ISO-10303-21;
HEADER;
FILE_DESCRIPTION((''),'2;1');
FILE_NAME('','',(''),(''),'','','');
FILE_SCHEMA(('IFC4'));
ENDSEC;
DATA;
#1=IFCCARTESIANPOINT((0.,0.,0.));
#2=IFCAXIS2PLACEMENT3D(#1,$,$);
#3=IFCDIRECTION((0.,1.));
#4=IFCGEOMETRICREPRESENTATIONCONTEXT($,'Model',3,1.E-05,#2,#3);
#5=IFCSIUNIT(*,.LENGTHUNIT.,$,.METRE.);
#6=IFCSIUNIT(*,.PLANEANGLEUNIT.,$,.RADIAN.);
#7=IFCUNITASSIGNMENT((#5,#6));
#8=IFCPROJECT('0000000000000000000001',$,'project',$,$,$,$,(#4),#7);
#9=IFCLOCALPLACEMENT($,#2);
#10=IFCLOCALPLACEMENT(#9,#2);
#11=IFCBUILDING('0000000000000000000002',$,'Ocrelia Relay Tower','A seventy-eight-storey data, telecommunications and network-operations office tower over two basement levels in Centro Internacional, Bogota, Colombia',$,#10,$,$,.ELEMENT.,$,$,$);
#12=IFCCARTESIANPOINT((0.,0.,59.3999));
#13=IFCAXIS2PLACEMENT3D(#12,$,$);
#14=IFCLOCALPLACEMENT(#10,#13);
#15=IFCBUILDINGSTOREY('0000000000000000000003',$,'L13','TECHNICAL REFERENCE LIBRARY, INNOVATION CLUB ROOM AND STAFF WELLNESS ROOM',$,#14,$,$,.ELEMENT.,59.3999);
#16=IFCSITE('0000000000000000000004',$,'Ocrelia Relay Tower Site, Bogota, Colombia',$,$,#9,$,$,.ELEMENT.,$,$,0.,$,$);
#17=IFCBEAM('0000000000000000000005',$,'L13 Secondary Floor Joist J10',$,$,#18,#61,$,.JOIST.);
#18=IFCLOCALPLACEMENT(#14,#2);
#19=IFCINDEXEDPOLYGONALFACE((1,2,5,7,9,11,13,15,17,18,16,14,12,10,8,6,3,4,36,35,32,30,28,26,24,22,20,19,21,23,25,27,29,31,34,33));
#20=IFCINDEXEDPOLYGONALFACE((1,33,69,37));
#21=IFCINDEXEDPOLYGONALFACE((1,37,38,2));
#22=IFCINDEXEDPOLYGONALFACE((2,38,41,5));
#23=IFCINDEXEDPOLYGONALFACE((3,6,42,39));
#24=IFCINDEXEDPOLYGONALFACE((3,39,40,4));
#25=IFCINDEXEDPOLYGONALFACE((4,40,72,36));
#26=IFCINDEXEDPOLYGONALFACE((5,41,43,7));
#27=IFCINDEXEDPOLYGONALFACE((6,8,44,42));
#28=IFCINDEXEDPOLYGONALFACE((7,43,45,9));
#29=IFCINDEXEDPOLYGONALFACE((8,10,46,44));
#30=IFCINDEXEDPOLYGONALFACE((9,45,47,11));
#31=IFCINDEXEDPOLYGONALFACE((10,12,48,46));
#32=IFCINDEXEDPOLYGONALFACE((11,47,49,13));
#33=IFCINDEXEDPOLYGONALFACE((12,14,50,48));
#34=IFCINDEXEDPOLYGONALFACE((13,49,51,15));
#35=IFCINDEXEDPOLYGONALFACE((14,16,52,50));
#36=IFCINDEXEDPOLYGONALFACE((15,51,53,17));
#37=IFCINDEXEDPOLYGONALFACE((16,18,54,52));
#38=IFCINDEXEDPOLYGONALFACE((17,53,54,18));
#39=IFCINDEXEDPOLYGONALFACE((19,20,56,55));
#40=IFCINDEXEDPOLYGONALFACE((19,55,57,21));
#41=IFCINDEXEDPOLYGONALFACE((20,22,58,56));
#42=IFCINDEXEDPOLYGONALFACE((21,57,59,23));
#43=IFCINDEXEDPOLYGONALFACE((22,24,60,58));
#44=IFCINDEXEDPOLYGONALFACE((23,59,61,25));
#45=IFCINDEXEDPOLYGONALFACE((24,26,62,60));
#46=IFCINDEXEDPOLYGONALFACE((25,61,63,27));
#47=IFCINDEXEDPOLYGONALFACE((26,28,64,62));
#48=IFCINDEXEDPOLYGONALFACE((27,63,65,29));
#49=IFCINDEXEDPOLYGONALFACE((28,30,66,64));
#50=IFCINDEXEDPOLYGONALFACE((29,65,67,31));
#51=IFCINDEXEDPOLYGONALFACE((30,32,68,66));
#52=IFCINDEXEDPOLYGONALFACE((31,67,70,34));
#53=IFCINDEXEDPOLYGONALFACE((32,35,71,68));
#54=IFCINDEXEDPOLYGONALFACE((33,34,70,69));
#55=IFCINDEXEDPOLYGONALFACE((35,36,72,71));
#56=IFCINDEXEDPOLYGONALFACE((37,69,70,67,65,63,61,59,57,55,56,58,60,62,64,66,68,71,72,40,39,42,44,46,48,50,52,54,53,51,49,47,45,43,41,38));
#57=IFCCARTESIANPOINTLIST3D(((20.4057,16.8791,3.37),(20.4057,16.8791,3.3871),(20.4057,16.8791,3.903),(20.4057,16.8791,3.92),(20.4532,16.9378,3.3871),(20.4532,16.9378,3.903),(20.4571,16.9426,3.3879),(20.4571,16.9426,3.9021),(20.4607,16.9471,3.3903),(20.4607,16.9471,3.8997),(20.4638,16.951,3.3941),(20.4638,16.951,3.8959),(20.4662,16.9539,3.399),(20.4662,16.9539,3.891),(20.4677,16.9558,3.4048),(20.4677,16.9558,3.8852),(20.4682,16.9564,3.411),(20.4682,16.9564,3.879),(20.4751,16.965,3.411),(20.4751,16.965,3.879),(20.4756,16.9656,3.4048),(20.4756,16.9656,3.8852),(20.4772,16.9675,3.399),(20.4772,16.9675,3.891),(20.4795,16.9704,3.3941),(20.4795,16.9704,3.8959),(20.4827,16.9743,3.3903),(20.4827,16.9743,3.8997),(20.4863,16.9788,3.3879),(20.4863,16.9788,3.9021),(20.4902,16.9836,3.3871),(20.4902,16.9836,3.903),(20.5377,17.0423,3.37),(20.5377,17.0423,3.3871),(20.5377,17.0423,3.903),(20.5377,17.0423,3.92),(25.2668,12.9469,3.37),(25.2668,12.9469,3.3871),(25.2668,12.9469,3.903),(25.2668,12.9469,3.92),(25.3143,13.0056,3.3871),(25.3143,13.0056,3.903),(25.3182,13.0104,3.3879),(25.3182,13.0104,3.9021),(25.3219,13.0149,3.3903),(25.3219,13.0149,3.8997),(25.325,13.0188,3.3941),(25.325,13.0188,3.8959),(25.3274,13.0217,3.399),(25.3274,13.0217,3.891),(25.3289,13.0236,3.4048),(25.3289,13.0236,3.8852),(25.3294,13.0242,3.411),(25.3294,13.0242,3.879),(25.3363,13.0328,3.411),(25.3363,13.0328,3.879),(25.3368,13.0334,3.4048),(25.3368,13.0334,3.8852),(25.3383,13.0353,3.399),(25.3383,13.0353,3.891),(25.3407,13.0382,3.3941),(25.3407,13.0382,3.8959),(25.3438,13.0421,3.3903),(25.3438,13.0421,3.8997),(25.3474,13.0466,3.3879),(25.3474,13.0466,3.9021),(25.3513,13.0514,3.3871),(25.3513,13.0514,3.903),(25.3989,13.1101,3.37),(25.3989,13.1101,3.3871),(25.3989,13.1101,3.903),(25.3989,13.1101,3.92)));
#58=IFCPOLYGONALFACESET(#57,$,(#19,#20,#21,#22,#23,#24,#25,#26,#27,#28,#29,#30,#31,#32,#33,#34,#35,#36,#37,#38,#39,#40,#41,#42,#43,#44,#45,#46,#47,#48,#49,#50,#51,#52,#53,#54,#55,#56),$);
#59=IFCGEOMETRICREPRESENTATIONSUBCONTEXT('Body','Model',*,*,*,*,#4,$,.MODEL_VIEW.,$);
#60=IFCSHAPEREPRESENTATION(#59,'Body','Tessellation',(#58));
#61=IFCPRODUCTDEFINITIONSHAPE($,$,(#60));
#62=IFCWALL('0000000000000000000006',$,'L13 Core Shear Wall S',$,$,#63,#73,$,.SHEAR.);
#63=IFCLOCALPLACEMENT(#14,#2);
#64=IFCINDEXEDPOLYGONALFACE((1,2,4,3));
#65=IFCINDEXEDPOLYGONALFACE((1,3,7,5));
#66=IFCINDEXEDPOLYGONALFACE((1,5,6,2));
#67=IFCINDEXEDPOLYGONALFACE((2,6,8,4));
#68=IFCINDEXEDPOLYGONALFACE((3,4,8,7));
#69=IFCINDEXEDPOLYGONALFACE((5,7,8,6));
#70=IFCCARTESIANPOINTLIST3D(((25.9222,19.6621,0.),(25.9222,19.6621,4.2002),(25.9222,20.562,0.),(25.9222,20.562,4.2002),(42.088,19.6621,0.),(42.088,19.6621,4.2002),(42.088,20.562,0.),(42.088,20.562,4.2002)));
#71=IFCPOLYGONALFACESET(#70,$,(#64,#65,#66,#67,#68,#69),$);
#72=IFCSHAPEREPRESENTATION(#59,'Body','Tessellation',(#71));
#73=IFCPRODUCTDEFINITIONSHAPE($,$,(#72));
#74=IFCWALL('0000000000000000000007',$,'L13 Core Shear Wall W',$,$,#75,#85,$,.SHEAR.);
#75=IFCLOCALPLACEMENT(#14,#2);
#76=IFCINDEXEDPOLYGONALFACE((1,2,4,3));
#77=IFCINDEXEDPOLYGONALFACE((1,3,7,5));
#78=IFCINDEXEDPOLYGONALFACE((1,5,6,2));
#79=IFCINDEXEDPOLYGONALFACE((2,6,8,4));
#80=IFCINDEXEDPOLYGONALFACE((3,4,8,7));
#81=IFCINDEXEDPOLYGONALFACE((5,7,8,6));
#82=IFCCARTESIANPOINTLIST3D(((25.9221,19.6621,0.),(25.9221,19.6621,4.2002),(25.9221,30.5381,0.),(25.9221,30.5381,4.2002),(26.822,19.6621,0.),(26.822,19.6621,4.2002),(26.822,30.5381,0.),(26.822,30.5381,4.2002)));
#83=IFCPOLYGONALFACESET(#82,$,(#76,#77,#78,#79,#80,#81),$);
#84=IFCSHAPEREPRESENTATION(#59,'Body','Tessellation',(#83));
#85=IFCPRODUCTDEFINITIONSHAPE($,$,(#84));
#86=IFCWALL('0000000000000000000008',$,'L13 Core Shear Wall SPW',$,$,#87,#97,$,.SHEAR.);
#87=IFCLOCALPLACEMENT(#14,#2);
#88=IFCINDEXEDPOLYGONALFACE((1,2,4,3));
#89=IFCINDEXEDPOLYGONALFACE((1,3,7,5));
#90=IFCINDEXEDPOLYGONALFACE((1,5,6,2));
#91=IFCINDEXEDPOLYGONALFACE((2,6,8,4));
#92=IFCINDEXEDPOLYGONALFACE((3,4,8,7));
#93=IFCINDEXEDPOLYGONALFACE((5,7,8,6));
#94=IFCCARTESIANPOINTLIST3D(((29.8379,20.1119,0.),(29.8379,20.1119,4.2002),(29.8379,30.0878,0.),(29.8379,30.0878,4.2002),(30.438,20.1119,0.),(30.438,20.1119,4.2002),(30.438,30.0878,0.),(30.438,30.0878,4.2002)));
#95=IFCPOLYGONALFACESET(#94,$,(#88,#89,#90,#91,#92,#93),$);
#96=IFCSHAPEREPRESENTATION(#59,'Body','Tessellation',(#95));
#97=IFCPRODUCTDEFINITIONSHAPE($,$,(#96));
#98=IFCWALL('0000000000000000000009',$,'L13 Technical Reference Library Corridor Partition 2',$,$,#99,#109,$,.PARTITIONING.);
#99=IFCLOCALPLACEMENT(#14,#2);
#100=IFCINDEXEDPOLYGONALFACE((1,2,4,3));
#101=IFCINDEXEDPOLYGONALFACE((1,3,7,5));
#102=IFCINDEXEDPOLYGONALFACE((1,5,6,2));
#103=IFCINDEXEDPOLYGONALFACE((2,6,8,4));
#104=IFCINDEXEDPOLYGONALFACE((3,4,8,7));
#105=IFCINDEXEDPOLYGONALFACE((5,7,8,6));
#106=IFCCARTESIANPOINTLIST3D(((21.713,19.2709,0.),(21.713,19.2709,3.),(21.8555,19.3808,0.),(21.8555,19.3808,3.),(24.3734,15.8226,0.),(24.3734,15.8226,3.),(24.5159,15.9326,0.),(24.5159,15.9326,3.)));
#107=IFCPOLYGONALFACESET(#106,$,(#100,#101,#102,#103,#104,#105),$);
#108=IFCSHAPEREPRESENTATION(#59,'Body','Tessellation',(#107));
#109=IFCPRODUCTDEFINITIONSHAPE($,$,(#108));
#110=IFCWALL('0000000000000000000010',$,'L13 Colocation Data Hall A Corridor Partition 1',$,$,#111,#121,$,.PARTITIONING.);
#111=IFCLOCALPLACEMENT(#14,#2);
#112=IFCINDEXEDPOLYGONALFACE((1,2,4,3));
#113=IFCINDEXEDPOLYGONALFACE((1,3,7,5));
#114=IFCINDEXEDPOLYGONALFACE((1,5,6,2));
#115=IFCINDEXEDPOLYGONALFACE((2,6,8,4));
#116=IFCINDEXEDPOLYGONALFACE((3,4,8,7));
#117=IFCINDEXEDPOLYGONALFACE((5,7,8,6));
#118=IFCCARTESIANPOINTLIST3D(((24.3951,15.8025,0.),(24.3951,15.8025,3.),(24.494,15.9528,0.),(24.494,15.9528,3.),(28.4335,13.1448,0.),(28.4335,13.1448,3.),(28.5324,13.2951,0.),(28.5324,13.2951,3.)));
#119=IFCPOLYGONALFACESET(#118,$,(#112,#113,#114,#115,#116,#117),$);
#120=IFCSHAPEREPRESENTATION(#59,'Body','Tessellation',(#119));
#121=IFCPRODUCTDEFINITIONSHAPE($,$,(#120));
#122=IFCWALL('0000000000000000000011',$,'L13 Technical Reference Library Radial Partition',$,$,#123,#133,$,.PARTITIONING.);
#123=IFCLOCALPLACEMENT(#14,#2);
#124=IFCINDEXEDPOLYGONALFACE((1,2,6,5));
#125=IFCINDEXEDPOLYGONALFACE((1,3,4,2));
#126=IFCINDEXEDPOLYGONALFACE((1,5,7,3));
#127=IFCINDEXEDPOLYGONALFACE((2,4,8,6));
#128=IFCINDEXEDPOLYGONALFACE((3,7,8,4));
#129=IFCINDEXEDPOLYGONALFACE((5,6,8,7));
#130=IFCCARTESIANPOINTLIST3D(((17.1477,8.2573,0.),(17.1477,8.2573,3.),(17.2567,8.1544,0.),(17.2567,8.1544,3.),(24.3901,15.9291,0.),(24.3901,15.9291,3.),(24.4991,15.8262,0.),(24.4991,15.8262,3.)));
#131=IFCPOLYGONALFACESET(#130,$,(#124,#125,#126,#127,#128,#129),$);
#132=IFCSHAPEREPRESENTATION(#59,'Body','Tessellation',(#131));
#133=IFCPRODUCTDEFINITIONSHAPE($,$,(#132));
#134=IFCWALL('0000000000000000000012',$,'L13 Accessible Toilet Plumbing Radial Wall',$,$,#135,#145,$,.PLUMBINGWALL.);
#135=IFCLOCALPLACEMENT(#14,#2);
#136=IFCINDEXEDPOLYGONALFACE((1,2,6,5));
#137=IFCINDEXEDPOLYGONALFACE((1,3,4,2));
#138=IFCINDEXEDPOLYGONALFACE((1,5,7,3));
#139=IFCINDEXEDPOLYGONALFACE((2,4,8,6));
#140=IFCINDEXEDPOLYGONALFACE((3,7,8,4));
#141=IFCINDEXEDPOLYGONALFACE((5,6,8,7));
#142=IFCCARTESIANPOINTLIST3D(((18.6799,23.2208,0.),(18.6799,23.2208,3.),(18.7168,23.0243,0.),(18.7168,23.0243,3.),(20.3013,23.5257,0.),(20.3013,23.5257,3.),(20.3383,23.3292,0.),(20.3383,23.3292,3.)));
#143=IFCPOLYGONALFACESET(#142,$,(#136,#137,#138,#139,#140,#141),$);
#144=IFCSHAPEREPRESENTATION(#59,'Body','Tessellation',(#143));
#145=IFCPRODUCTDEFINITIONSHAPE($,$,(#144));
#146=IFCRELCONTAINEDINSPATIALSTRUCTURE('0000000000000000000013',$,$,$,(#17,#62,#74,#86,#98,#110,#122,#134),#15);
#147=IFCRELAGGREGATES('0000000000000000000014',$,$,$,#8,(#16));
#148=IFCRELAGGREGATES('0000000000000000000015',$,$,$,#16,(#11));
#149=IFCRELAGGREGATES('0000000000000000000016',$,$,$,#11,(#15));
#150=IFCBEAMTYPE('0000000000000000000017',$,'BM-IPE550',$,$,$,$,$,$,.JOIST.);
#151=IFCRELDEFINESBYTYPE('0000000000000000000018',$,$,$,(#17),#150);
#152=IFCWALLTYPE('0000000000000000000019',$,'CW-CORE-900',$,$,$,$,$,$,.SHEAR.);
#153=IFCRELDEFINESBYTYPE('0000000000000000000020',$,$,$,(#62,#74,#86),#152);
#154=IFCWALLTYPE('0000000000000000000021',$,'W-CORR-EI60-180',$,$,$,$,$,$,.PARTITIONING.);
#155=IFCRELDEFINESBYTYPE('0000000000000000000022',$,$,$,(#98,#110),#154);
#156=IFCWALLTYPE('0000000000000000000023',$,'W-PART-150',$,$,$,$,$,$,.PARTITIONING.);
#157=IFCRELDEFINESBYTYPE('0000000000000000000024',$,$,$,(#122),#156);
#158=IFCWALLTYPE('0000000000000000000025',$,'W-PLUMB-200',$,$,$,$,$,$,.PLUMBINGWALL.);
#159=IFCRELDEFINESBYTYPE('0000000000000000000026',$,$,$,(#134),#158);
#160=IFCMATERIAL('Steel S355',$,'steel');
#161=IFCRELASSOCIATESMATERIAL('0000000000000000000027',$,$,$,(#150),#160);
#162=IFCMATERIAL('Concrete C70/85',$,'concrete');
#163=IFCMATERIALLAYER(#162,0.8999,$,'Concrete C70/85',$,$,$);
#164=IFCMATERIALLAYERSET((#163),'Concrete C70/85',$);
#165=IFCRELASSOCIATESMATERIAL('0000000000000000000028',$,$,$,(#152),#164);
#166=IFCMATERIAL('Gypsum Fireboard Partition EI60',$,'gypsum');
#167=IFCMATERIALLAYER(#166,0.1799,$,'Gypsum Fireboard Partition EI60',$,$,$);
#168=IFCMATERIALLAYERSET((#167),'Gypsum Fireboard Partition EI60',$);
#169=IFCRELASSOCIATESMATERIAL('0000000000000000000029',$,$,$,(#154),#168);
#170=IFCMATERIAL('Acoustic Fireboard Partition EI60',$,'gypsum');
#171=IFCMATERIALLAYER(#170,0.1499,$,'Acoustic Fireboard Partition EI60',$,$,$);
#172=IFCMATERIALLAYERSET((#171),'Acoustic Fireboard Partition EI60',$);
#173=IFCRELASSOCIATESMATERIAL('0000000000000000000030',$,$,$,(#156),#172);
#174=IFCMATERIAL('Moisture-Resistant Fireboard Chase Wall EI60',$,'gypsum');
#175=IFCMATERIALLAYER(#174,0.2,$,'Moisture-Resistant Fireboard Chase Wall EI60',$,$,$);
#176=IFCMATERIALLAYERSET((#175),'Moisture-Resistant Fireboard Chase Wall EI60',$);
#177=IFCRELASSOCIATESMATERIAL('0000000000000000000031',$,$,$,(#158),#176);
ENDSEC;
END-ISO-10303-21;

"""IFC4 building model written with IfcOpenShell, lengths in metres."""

from ifc_helpers import new_model, si_unit, direction, frame, frame_2d, origin, origin_2d, place, context, subcontext, project, spatial, rectangle, i_section, extrude, material, layer, layer_set, material_profile, profile_set, type_object, element, save


model = new_model("IFC4")

# Units and contexts
model_context = context("Model", 3, precision=1e-05, world=origin(), true_north=direction((0.0, 1.0)))
body_context = subcontext(model_context, "Body", "Model", "MODEL_VIEW")
ifc_project = project(units=[si_unit("LENGTHUNIT", "METRE"), si_unit("PLANEANGLEUNIT", "RADIAN")], contexts=[model_context])

# Site, building, storey
site_placement = place(None, origin())
site = spatial("IfcSite", under=ifc_project, at=site_placement, Name="Ocrelia Relay Tower Site, Bogota, Colombia", CompositionType="ELEMENT", RefElevation=0.0)
building_placement = place(site_placement, origin())
building = spatial("IfcBuilding", under=site, at=building_placement, Name="Ocrelia Relay Tower", Description="A seventy-eight-storey data, telecommunications and network-operations office tower over two basement levels in Centro Internacional, Bogota, Colombia", CompositionType="ELEMENT")
storey_placement = place(building_placement, frame((0.0, 0.0, 59.3999)))
storey = spatial("IfcBuildingStorey", under=building, at=storey_placement, Name="L13", Description="TECHNICAL REFERENCE LIBRARY, INNOVATION CLUB ROOM AND STAFF WELLNESS ROOM", CompositionType="ELEMENT", Elevation=59.3999)

# Shared definitions
ifc_material_1 = material(Name="Concrete C70/85", Category="concrete")

# Beam
ifc_material_2 = material(Name="Steel S355", Category="steel")
ifc_material_profile_1 = material_profile(ifc_material_2, i_section(OverallWidth=0.21, OverallDepth=0.55, WebThickness=0.011, FlangeThickness=0.0171, FilletRadius=0.0239, at=origin_2d()), Name="IPE 550")
ifc_profile_set_1 = profile_set([ifc_material_profile_1], Name="Steel S355")
beam_type_1 = type_object("IfcBeamType", Name="BM-IPE550", PredefinedType="JOIST", material=ifc_profile_set_1)
beam_1_placement = place(storey_placement, frame((20.4717, 16.9607, 3.645), z_axis=(0.777482, -0.628905, 0.0), x_axis=(0.628905, 0.777482, 0.0)))
element("IfcBeam", 1, at=beam_1_placement, inside=storey, type_object=beam_type_1, Name="L13 Secondary Floor Joist J10", PredefinedType="JOIST", context=body_context, shape_type="SweptSolid", body=[
    extrude(i_section(OverallWidth=0.21, OverallDepth=0.55, WebThickness=0.011, FlangeThickness=0.0171, FilletRadius=0.0239, at=origin_2d()), origin(), (0.0, 0.0, 1.0), 6.2524),
])

# Walls
ifc_layer_1 = layer(ifc_material_1, 0.8999, Name="Concrete C70/85")
ifc_layer_set_1 = layer_set([ifc_layer_1], Name="Concrete C70/85")
wall_type_1 = type_object("IfcWallType", Name="CW-CORE-900", PredefinedType="SHEAR", material=ifc_layer_set_1)
wall_1_placement = place(storey_placement, frame((25.9221, 20.1121, 0.0), z_axis=(0.0, 0.0, 1.0), x_axis=(1.0, 0.0, 0.0)))
element("IfcWall", 2, at=wall_1_placement, inside=storey, type_object=wall_type_1, Name="L13 Core Shear Wall S", PredefinedType="SHEAR", context=body_context, shape_type="SweptSolid", body=[
    extrude(rectangle(XDim=16.1658, YDim=0.8999, at=frame_2d((8.083, 0.0))), origin(), (0.0, 0.0, 1.0), 4.2002),
])
wall_2_placement = place(storey_placement, frame((26.3721, 19.6621, 0.0), z_axis=(0.0, 0.0, 1.0), x_axis=(0.0, 1.0, 0.0)))
element("IfcWall", 3, at=wall_2_placement, inside=storey, type_object=wall_type_1, Name="L13 Core Shear Wall W", PredefinedType="SHEAR", context=body_context, shape_type="SweptSolid", body=[
    extrude(rectangle(XDim=10.876, YDim=0.8999, at=frame_2d((5.438, 0.0))), origin(), (0.0, 0.0, 1.0), 4.2002),
])
wall_3_placement = place(storey_placement, frame((30.1379, 20.1121, 0.0), z_axis=(0.0, 0.0, 1.0), x_axis=(0.0, 1.0, 0.0)))
element("IfcWall", 4, at=wall_3_placement, inside=storey, type_object=wall_type_1, Name="L13 Core Shear Wall SPW", PredefinedType="SHEAR", context=body_context, shape_type="SweptSolid", body=[
    extrude(rectangle(XDim=9.9758, YDim=0.6001, at=frame_2d((4.9878, 0.0))), origin(), (0.0, 0.0, 1.0), 4.2002),
])

# Shared definitions
ifc_material_3 = material(Name="Gypsum Fireboard Partition EI60", Category="gypsum")
ifc_layer_2 = layer(ifc_material_3, 0.1799, Name="Gypsum Fireboard Partition EI60")
ifc_layer_set_2 = layer_set([ifc_layer_2], Name="Gypsum Fireboard Partition EI60")
wall_type_2 = type_object("IfcWallType", Name="W-CORR-EI60-180", PredefinedType="PARTITIONING", material=ifc_layer_set_2)

# Walls
wall_4_placement = place(storey_placement, frame((21.7842, 19.3259, 0.0), z_axis=(0.0, 0.0, 1.0), x_axis=(0.610851, -0.791746, 0.0)))
element("IfcWall", 5, at=wall_4_placement, inside=storey, type_object=wall_type_2, Name="L13 Technical Reference Library Corridor Partition 2", PredefinedType="PARTITIONING", context=body_context, shape_type="SweptSolid", body=[
    extrude(rectangle(XDim=4.3552, YDim=0.1799, at=frame_2d((2.1777, 0.0))), origin(), (0.0, 0.0, 1.0), 3.0),
])
wall_5_placement = place(storey_placement, frame((24.4446, 15.8777, 0.0), z_axis=(0.0, 0.0, 1.0), x_axis=(0.83533, -0.549749, 0.0)))
element("IfcWall", 6, at=wall_5_placement, inside=storey, type_object=wall_type_2, Name="L13 Colocation Data Hall A Corridor Partition 1", PredefinedType="PARTITIONING", context=body_context, shape_type="SweptSolid", body=[
    extrude(rectangle(XDim=4.8345, YDim=0.1799, at=frame_2d((2.4172, 0.0))), origin(), (0.0, 0.0, 1.0), 3.0),
])
ifc_material_4 = material(Name="Acoustic Fireboard Partition EI60", Category="gypsum")
ifc_layer_3 = layer(ifc_material_4, 0.1499, Name="Acoustic Fireboard Partition EI60")
ifc_layer_set_3 = layer_set([ifc_layer_3], Name="Acoustic Fireboard Partition EI60")
wall_type_3 = type_object("IfcWallType", Name="W-PART-150", PredefinedType="PARTITIONING", material=ifc_layer_set_3)
wall_6_placement = place(storey_placement, frame((24.4446, 15.8777, 0.0), z_axis=(0.0, 0.0, 1.0), x_axis=(-0.686462, -0.727166, 0.0)))
element("IfcWall", 7, at=wall_6_placement, inside=storey, type_object=wall_type_3, Name="L13 Technical Reference Library Radial Partition", PredefinedType="PARTITIONING", context=body_context, shape_type="SweptSolid", body=[
    extrude(rectangle(XDim=10.5503, YDim=0.1499, at=frame_2d((5.2751, 0.0))), origin(), (0.0, 0.0, 1.0), 3.0),
])
ifc_material_5 = material(Name="Moisture-Resistant Fireboard Chase Wall EI60", Category="gypsum")
ifc_layer_4 = layer(ifc_material_5, 0.2, Name="Moisture-Resistant Fireboard Chase Wall EI60")
ifc_layer_set_4 = layer_set([ifc_layer_4], Name="Moisture-Resistant Fireboard Chase Wall EI60")
wall_type_4 = type_object("IfcWallType", Name="W-PLUMB-200", PredefinedType="PLUMBINGWALL", material=ifc_layer_set_4)
wall_7_placement = place(storey_placement, frame((20.3198, 23.4275, 0.0), z_axis=(0.0, 0.0, 1.0), x_axis=(-0.982775, -0.184807, 0.0)))
element("IfcWall", 8, at=wall_7_placement, inside=storey, type_object=wall_type_4, Name="L13 Accessible Toilet Plumbing Radial Wall", PredefinedType="PLUMBINGWALL", context=body_context, shape_type="SweptSolid", body=[
    extrude(rectangle(XDim=1.6499, YDim=0.2, at=frame_2d((0.825, 0.0))), origin(), (0.0, 0.0, 1.0), 3.0),
])

save(model, "model.ifc")
